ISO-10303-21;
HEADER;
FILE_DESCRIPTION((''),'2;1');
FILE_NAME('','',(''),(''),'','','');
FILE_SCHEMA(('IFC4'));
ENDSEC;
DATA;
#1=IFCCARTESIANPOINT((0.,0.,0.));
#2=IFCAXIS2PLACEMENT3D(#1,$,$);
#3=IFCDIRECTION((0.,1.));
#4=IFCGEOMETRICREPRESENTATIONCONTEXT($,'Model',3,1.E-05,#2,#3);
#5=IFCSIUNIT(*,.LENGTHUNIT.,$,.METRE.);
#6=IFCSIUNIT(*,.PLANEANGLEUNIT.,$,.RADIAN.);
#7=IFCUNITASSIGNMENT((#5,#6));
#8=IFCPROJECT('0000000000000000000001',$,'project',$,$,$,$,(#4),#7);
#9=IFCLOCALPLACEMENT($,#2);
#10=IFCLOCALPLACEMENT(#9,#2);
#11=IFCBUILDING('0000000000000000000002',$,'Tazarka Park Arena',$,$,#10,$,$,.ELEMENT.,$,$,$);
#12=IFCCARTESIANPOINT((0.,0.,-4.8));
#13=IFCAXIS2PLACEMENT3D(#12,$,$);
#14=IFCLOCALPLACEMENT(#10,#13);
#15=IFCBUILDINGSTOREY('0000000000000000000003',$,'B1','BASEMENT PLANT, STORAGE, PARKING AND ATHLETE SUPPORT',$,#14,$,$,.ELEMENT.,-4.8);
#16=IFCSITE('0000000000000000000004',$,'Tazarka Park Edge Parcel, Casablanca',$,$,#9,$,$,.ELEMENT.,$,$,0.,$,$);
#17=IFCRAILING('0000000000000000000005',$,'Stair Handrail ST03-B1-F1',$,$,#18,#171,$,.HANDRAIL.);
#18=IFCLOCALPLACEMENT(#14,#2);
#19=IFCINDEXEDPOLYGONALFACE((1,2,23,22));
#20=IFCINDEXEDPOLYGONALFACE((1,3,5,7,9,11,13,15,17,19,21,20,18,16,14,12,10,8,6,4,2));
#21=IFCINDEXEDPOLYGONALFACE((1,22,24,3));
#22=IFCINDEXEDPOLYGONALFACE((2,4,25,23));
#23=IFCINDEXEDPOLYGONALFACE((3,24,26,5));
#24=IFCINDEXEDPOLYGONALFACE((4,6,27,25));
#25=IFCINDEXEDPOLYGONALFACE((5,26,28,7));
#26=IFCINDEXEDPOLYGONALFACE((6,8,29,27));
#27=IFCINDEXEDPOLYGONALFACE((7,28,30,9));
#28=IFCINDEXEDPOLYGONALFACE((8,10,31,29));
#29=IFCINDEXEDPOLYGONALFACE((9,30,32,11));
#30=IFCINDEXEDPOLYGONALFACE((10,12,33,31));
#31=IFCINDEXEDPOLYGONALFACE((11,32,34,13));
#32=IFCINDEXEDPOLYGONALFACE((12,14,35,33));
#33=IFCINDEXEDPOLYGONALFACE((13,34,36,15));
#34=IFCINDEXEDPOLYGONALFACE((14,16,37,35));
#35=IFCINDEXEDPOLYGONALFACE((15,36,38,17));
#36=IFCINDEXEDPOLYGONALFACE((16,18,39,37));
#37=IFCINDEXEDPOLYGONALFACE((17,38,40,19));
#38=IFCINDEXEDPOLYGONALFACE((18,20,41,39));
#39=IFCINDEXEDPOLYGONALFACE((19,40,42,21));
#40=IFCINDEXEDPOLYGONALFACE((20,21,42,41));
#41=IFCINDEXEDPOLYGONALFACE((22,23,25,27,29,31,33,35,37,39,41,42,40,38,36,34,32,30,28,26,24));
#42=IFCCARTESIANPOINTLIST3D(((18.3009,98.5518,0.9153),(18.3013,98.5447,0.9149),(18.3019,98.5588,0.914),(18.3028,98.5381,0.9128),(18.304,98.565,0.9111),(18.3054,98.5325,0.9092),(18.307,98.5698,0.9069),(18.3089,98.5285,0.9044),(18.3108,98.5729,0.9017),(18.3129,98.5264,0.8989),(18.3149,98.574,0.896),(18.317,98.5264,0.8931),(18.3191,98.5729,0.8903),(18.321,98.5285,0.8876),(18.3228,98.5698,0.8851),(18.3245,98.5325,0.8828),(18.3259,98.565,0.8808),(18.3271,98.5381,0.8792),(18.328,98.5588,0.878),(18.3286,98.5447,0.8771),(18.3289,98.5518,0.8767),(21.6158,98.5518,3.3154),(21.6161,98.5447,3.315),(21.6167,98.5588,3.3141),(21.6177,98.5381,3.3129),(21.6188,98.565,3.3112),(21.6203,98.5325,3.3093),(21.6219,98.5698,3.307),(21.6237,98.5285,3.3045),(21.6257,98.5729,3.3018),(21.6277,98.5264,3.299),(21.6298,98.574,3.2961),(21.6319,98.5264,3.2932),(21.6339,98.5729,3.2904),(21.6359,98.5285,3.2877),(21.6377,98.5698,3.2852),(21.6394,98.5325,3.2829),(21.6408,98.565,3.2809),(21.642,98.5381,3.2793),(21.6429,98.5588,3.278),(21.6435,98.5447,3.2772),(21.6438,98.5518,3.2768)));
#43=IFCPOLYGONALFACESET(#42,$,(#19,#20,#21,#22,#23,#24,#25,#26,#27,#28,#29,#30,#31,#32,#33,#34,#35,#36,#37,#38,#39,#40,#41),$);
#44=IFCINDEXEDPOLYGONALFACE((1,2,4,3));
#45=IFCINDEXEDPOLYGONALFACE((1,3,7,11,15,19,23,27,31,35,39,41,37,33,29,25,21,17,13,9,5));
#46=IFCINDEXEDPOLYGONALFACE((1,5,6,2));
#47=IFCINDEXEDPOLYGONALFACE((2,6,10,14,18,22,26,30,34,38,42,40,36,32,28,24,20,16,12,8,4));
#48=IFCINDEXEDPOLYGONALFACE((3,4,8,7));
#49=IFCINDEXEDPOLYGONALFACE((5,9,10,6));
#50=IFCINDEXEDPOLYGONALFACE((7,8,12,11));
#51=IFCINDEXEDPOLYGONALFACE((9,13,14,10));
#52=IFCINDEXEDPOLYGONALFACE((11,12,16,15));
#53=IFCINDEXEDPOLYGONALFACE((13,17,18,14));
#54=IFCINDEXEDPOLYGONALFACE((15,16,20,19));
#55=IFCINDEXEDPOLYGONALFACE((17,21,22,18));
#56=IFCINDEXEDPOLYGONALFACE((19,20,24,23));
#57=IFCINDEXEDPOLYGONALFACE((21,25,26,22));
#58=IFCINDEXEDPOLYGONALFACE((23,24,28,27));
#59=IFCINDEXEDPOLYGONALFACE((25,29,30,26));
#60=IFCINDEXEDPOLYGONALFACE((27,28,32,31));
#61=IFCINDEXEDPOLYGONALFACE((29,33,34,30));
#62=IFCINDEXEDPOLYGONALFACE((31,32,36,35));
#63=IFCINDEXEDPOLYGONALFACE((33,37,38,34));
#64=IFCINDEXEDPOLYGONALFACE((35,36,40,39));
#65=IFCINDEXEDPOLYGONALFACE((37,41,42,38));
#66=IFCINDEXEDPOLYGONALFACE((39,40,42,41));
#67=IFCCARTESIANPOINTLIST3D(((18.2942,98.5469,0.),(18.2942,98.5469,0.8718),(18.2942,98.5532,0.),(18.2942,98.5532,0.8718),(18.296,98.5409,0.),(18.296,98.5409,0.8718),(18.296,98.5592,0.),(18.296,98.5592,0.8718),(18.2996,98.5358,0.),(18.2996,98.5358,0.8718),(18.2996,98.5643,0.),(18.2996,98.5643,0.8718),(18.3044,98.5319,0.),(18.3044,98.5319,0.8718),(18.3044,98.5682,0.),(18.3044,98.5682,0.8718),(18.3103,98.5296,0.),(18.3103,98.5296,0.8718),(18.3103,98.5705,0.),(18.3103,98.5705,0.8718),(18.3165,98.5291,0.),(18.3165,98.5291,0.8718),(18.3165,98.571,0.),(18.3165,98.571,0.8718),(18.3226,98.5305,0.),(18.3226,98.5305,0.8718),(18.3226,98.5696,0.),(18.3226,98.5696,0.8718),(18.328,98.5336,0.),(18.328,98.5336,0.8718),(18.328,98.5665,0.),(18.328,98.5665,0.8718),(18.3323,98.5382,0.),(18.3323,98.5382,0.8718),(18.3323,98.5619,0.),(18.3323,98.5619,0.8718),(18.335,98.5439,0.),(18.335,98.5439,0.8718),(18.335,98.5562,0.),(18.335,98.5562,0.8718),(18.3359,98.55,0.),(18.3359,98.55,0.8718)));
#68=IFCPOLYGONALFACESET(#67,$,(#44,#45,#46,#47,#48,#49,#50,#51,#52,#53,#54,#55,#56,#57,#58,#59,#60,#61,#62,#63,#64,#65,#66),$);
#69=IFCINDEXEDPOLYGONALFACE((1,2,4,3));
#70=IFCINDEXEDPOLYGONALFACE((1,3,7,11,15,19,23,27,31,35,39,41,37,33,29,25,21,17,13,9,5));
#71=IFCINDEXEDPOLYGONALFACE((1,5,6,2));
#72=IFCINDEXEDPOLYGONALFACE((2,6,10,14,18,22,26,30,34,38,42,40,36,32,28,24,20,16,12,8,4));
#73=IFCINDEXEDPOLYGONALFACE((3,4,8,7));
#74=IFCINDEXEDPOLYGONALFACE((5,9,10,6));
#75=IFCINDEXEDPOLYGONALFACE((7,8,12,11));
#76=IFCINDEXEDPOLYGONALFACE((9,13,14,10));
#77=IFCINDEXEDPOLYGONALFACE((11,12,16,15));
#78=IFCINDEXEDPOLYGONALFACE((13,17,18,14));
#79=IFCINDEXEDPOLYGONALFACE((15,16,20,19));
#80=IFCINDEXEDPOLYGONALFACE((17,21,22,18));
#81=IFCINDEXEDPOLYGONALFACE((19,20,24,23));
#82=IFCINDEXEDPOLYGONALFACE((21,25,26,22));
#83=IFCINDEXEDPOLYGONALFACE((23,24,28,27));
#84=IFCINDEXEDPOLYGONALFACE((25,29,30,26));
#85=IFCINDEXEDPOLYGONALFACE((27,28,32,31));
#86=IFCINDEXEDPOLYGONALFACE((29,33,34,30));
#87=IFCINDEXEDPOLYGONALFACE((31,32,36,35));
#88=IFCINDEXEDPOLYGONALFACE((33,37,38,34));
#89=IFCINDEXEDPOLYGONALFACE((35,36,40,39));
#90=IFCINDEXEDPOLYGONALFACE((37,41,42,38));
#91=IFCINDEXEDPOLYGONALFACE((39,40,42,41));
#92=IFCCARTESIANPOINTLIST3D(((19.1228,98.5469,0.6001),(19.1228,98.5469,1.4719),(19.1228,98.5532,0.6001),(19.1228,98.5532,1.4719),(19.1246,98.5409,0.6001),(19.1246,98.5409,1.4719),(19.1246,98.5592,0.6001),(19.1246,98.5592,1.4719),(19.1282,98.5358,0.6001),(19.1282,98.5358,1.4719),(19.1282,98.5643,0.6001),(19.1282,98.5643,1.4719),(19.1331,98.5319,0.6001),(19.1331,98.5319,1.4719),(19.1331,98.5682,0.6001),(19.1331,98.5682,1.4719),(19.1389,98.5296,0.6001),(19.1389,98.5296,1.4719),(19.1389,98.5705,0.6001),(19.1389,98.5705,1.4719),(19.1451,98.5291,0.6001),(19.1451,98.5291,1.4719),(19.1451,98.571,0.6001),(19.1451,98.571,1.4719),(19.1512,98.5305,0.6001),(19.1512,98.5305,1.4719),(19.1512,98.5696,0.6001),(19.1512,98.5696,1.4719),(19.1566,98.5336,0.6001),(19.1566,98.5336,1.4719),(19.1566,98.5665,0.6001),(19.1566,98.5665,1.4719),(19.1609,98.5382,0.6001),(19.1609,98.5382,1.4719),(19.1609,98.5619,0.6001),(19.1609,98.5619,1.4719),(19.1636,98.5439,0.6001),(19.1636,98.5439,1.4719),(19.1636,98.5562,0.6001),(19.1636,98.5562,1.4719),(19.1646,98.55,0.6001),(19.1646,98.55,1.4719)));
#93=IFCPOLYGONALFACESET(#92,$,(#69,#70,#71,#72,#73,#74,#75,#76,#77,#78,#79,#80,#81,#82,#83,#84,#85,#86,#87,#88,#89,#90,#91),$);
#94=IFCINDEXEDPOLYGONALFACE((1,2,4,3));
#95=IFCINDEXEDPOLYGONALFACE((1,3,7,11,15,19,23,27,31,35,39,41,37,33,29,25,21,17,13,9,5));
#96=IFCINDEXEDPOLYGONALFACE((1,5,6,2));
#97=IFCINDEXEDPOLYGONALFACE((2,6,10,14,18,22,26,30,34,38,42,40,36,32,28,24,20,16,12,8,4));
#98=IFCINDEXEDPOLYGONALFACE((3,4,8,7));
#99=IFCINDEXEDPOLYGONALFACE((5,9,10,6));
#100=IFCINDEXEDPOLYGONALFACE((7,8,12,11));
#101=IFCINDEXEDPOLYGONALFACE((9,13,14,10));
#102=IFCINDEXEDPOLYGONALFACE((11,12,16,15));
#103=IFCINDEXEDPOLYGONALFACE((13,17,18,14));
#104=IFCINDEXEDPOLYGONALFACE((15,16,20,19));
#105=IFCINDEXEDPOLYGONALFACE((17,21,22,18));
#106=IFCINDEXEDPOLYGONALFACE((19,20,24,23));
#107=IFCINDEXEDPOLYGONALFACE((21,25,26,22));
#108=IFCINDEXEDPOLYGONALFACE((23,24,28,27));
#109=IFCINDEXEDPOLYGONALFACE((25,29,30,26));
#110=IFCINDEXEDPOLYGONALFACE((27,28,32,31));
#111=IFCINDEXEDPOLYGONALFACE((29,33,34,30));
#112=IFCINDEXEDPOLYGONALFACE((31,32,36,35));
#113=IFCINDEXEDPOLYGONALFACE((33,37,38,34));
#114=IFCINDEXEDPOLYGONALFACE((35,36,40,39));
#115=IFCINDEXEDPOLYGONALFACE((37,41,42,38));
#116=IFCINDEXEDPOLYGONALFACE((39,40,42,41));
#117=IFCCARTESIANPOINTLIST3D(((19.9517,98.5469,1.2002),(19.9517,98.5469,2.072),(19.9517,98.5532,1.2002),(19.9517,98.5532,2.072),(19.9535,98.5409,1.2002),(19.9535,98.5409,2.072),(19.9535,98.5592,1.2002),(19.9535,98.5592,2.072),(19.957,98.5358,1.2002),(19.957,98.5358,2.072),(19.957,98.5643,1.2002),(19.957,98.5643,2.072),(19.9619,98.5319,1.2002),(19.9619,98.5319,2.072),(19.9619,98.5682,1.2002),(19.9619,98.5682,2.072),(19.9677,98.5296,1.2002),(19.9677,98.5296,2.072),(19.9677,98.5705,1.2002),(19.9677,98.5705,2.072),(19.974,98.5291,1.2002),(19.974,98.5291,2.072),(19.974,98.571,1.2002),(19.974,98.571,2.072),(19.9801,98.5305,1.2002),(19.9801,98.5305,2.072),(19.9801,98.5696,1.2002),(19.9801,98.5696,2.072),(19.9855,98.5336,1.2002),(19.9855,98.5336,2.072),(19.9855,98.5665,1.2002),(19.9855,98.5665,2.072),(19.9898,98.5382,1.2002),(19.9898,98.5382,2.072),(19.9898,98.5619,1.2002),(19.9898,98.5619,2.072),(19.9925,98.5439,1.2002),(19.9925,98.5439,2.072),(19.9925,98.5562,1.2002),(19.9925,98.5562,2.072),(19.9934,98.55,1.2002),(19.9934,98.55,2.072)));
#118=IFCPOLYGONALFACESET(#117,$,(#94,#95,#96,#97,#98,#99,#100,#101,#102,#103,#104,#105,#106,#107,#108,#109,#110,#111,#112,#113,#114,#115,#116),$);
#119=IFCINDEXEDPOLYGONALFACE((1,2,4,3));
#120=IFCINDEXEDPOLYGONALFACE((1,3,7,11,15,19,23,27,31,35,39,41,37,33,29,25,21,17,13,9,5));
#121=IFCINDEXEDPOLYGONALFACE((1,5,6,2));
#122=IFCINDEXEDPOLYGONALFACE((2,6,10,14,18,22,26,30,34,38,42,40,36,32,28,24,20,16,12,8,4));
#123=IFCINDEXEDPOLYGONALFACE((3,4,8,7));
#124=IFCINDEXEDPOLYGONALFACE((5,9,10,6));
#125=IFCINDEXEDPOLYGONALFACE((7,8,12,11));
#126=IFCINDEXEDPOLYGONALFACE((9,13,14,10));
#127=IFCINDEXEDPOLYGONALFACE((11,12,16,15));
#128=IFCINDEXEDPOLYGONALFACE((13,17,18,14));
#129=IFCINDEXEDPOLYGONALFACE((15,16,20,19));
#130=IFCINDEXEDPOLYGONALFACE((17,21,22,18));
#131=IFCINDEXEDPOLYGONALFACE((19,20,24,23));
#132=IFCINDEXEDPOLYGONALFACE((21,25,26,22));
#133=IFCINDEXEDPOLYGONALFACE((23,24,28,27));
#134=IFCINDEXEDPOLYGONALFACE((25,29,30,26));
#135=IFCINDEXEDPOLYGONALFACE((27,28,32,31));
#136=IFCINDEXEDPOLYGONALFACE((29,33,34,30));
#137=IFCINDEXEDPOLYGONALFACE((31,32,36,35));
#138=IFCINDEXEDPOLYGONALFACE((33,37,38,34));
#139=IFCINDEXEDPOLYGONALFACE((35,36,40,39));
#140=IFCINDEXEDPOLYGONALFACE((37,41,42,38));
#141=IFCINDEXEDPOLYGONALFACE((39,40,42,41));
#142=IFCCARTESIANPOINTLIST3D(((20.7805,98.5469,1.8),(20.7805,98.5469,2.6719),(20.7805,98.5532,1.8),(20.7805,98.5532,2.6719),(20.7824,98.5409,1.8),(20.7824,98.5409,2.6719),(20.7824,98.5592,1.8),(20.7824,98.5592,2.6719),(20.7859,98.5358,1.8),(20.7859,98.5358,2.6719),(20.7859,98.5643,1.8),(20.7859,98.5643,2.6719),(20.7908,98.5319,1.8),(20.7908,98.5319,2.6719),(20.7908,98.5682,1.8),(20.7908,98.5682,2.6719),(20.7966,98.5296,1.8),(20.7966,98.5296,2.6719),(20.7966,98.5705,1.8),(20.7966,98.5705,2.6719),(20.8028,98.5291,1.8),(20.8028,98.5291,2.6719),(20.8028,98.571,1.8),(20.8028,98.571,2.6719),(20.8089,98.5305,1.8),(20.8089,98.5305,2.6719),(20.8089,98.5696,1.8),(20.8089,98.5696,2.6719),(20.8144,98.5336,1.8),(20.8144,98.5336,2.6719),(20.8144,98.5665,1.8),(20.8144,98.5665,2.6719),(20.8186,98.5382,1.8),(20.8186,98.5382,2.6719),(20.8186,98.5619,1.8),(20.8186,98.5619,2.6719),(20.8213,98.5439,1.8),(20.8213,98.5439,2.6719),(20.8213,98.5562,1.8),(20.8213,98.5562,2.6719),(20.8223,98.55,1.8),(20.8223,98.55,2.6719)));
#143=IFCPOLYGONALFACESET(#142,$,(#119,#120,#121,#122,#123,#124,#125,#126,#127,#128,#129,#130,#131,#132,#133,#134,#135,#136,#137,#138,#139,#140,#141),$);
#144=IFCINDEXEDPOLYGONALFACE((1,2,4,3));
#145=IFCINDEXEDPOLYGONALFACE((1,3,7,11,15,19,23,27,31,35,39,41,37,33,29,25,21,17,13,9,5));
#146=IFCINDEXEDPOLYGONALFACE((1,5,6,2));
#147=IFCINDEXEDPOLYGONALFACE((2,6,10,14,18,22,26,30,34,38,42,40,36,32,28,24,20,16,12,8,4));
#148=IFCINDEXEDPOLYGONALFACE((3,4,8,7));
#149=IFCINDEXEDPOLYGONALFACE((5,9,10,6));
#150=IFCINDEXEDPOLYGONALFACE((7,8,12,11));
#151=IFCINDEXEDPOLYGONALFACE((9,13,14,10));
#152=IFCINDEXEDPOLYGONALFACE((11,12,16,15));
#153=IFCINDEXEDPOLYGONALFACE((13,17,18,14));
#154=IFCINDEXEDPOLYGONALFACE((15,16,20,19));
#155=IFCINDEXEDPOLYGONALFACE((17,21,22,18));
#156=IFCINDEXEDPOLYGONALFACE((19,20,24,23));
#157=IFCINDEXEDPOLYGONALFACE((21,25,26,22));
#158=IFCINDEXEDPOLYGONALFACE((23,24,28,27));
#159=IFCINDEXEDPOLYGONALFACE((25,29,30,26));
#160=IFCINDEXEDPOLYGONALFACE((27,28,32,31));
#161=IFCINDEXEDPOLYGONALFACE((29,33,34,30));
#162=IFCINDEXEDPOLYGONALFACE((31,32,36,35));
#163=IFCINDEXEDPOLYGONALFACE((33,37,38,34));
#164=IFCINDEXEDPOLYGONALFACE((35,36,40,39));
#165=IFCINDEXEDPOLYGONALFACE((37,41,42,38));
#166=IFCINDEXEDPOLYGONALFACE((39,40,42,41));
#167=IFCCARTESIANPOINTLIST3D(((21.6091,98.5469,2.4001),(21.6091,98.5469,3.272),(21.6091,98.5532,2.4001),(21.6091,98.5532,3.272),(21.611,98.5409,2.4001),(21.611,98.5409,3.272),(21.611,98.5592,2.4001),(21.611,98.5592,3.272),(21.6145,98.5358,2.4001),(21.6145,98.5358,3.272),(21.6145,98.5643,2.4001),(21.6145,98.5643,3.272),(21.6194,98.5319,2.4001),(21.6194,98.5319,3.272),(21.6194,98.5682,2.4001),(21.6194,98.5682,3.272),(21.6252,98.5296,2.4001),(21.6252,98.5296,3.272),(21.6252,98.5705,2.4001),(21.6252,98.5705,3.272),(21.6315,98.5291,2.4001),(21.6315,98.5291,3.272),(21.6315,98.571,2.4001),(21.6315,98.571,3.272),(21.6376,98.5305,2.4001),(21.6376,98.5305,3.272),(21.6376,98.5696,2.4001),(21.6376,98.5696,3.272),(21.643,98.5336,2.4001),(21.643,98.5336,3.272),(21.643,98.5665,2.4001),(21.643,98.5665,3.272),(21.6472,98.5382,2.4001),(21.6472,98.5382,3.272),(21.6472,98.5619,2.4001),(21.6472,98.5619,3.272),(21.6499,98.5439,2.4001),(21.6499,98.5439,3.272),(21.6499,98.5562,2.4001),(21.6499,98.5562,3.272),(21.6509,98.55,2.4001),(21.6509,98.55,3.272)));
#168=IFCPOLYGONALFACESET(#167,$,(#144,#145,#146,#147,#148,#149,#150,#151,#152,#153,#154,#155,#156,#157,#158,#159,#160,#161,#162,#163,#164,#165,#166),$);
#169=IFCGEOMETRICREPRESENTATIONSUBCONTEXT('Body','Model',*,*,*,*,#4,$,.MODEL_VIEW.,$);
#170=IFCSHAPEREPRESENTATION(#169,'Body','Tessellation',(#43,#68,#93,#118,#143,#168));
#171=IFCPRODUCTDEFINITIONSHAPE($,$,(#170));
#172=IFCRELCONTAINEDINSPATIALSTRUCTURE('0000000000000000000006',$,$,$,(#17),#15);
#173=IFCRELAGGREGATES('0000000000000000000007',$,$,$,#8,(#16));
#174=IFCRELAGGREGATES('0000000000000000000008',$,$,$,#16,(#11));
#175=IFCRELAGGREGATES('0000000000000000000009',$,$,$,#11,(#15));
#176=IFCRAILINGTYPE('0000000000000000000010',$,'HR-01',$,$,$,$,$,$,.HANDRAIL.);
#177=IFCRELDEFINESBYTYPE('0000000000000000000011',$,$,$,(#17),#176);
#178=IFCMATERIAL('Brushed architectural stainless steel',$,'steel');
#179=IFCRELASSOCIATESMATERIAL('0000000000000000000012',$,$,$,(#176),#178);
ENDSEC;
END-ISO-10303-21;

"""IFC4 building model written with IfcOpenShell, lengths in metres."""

from ifc_helpers import new_model, si_unit, direction, frame, origin, origin_2d, place, context, subcontext, project, spatial, circle, extrude, material, type_object, element, save


model = new_model("IFC4")

# Units and contexts
model_context = context("Model", 3, precision=1e-05, world=origin(), true_north=direction((0.0, 1.0)))
body_context = subcontext(model_context, "Body", "Model", "MODEL_VIEW")
ifc_project = project(units=[si_unit("LENGTHUNIT", "METRE"), si_unit("PLANEANGLEUNIT", "RADIAN")], contexts=[model_context])

# Site, building, storey
site_placement = place(None, origin())
site = spatial("IfcSite", under=ifc_project, at=site_placement, Name="Tazarka Park Edge Parcel, Casablanca", CompositionType="ELEMENT", RefElevation=0.0)
building_placement = place(site_placement, origin())
building = spatial("IfcBuilding", under=site, at=building_placement, Name="Tazarka Park Arena", CompositionType="ELEMENT")
storey_placement = place(building_placement, frame((0.0, 0.0, -4.8)))
storey = spatial("IfcBuildingStorey", under=building, at=storey_placement, Name="B1", Description="BASEMENT PLANT, STORAGE, PARKING AND ATHLETE SUPPORT", CompositionType="ELEMENT", Elevation=-4.8)

# Railing
ifc_material_1 = material(Name="Brushed architectural stainless steel", Category="steel")
railing_type_1 = type_object("IfcRailingType", Name="HR-01", PredefinedType="HANDRAIL", material=ifc_material_1)
railing_1_placement = place(storey_placement, frame((18.3149, 98.55, 0.0)))
element("IfcRailing", 1, at=railing_1_placement, inside=storey, type_object=railing_type_1, Name="Stair Handrail ST03-B1-F1", PredefinedType="HANDRAIL", context=body_context, shape_type="SweptSolid", body=[
    extrude(circle(Radius=0.0239, at=origin_2d()), frame((0.0, 0.0, 0.896), z_axis=(0.80998, 0.0, 0.586457), x_axis=(0.0, 1.0, 0.0)), (0.0, 0.0, 1.0), 4.0925),
    extrude(circle(Radius=0.021, at=origin_2d()), origin(), (0.0, 0.0, 1.0), 0.8718),
    extrude(circle(Radius=0.021, at=origin_2d()), frame((0.8286, 0.0, 0.6001)), (0.0, 0.0, 1.0), 0.8718),
    extrude(circle(Radius=0.021, at=origin_2d()), frame((1.6575, 0.0, 1.2002)), (0.0, 0.0, 1.0), 0.8718),
    extrude(circle(Radius=0.021, at=origin_2d()), frame((2.4863, 0.0, 1.8)), (0.0, 0.0, 1.0), 0.8718),
    extrude(circle(Radius=0.021, at=origin_2d()), frame((3.3149, 0.0, 2.4001)), (0.0, 0.0, 1.0), 0.8718),
])

save(model, "model.ifc")
